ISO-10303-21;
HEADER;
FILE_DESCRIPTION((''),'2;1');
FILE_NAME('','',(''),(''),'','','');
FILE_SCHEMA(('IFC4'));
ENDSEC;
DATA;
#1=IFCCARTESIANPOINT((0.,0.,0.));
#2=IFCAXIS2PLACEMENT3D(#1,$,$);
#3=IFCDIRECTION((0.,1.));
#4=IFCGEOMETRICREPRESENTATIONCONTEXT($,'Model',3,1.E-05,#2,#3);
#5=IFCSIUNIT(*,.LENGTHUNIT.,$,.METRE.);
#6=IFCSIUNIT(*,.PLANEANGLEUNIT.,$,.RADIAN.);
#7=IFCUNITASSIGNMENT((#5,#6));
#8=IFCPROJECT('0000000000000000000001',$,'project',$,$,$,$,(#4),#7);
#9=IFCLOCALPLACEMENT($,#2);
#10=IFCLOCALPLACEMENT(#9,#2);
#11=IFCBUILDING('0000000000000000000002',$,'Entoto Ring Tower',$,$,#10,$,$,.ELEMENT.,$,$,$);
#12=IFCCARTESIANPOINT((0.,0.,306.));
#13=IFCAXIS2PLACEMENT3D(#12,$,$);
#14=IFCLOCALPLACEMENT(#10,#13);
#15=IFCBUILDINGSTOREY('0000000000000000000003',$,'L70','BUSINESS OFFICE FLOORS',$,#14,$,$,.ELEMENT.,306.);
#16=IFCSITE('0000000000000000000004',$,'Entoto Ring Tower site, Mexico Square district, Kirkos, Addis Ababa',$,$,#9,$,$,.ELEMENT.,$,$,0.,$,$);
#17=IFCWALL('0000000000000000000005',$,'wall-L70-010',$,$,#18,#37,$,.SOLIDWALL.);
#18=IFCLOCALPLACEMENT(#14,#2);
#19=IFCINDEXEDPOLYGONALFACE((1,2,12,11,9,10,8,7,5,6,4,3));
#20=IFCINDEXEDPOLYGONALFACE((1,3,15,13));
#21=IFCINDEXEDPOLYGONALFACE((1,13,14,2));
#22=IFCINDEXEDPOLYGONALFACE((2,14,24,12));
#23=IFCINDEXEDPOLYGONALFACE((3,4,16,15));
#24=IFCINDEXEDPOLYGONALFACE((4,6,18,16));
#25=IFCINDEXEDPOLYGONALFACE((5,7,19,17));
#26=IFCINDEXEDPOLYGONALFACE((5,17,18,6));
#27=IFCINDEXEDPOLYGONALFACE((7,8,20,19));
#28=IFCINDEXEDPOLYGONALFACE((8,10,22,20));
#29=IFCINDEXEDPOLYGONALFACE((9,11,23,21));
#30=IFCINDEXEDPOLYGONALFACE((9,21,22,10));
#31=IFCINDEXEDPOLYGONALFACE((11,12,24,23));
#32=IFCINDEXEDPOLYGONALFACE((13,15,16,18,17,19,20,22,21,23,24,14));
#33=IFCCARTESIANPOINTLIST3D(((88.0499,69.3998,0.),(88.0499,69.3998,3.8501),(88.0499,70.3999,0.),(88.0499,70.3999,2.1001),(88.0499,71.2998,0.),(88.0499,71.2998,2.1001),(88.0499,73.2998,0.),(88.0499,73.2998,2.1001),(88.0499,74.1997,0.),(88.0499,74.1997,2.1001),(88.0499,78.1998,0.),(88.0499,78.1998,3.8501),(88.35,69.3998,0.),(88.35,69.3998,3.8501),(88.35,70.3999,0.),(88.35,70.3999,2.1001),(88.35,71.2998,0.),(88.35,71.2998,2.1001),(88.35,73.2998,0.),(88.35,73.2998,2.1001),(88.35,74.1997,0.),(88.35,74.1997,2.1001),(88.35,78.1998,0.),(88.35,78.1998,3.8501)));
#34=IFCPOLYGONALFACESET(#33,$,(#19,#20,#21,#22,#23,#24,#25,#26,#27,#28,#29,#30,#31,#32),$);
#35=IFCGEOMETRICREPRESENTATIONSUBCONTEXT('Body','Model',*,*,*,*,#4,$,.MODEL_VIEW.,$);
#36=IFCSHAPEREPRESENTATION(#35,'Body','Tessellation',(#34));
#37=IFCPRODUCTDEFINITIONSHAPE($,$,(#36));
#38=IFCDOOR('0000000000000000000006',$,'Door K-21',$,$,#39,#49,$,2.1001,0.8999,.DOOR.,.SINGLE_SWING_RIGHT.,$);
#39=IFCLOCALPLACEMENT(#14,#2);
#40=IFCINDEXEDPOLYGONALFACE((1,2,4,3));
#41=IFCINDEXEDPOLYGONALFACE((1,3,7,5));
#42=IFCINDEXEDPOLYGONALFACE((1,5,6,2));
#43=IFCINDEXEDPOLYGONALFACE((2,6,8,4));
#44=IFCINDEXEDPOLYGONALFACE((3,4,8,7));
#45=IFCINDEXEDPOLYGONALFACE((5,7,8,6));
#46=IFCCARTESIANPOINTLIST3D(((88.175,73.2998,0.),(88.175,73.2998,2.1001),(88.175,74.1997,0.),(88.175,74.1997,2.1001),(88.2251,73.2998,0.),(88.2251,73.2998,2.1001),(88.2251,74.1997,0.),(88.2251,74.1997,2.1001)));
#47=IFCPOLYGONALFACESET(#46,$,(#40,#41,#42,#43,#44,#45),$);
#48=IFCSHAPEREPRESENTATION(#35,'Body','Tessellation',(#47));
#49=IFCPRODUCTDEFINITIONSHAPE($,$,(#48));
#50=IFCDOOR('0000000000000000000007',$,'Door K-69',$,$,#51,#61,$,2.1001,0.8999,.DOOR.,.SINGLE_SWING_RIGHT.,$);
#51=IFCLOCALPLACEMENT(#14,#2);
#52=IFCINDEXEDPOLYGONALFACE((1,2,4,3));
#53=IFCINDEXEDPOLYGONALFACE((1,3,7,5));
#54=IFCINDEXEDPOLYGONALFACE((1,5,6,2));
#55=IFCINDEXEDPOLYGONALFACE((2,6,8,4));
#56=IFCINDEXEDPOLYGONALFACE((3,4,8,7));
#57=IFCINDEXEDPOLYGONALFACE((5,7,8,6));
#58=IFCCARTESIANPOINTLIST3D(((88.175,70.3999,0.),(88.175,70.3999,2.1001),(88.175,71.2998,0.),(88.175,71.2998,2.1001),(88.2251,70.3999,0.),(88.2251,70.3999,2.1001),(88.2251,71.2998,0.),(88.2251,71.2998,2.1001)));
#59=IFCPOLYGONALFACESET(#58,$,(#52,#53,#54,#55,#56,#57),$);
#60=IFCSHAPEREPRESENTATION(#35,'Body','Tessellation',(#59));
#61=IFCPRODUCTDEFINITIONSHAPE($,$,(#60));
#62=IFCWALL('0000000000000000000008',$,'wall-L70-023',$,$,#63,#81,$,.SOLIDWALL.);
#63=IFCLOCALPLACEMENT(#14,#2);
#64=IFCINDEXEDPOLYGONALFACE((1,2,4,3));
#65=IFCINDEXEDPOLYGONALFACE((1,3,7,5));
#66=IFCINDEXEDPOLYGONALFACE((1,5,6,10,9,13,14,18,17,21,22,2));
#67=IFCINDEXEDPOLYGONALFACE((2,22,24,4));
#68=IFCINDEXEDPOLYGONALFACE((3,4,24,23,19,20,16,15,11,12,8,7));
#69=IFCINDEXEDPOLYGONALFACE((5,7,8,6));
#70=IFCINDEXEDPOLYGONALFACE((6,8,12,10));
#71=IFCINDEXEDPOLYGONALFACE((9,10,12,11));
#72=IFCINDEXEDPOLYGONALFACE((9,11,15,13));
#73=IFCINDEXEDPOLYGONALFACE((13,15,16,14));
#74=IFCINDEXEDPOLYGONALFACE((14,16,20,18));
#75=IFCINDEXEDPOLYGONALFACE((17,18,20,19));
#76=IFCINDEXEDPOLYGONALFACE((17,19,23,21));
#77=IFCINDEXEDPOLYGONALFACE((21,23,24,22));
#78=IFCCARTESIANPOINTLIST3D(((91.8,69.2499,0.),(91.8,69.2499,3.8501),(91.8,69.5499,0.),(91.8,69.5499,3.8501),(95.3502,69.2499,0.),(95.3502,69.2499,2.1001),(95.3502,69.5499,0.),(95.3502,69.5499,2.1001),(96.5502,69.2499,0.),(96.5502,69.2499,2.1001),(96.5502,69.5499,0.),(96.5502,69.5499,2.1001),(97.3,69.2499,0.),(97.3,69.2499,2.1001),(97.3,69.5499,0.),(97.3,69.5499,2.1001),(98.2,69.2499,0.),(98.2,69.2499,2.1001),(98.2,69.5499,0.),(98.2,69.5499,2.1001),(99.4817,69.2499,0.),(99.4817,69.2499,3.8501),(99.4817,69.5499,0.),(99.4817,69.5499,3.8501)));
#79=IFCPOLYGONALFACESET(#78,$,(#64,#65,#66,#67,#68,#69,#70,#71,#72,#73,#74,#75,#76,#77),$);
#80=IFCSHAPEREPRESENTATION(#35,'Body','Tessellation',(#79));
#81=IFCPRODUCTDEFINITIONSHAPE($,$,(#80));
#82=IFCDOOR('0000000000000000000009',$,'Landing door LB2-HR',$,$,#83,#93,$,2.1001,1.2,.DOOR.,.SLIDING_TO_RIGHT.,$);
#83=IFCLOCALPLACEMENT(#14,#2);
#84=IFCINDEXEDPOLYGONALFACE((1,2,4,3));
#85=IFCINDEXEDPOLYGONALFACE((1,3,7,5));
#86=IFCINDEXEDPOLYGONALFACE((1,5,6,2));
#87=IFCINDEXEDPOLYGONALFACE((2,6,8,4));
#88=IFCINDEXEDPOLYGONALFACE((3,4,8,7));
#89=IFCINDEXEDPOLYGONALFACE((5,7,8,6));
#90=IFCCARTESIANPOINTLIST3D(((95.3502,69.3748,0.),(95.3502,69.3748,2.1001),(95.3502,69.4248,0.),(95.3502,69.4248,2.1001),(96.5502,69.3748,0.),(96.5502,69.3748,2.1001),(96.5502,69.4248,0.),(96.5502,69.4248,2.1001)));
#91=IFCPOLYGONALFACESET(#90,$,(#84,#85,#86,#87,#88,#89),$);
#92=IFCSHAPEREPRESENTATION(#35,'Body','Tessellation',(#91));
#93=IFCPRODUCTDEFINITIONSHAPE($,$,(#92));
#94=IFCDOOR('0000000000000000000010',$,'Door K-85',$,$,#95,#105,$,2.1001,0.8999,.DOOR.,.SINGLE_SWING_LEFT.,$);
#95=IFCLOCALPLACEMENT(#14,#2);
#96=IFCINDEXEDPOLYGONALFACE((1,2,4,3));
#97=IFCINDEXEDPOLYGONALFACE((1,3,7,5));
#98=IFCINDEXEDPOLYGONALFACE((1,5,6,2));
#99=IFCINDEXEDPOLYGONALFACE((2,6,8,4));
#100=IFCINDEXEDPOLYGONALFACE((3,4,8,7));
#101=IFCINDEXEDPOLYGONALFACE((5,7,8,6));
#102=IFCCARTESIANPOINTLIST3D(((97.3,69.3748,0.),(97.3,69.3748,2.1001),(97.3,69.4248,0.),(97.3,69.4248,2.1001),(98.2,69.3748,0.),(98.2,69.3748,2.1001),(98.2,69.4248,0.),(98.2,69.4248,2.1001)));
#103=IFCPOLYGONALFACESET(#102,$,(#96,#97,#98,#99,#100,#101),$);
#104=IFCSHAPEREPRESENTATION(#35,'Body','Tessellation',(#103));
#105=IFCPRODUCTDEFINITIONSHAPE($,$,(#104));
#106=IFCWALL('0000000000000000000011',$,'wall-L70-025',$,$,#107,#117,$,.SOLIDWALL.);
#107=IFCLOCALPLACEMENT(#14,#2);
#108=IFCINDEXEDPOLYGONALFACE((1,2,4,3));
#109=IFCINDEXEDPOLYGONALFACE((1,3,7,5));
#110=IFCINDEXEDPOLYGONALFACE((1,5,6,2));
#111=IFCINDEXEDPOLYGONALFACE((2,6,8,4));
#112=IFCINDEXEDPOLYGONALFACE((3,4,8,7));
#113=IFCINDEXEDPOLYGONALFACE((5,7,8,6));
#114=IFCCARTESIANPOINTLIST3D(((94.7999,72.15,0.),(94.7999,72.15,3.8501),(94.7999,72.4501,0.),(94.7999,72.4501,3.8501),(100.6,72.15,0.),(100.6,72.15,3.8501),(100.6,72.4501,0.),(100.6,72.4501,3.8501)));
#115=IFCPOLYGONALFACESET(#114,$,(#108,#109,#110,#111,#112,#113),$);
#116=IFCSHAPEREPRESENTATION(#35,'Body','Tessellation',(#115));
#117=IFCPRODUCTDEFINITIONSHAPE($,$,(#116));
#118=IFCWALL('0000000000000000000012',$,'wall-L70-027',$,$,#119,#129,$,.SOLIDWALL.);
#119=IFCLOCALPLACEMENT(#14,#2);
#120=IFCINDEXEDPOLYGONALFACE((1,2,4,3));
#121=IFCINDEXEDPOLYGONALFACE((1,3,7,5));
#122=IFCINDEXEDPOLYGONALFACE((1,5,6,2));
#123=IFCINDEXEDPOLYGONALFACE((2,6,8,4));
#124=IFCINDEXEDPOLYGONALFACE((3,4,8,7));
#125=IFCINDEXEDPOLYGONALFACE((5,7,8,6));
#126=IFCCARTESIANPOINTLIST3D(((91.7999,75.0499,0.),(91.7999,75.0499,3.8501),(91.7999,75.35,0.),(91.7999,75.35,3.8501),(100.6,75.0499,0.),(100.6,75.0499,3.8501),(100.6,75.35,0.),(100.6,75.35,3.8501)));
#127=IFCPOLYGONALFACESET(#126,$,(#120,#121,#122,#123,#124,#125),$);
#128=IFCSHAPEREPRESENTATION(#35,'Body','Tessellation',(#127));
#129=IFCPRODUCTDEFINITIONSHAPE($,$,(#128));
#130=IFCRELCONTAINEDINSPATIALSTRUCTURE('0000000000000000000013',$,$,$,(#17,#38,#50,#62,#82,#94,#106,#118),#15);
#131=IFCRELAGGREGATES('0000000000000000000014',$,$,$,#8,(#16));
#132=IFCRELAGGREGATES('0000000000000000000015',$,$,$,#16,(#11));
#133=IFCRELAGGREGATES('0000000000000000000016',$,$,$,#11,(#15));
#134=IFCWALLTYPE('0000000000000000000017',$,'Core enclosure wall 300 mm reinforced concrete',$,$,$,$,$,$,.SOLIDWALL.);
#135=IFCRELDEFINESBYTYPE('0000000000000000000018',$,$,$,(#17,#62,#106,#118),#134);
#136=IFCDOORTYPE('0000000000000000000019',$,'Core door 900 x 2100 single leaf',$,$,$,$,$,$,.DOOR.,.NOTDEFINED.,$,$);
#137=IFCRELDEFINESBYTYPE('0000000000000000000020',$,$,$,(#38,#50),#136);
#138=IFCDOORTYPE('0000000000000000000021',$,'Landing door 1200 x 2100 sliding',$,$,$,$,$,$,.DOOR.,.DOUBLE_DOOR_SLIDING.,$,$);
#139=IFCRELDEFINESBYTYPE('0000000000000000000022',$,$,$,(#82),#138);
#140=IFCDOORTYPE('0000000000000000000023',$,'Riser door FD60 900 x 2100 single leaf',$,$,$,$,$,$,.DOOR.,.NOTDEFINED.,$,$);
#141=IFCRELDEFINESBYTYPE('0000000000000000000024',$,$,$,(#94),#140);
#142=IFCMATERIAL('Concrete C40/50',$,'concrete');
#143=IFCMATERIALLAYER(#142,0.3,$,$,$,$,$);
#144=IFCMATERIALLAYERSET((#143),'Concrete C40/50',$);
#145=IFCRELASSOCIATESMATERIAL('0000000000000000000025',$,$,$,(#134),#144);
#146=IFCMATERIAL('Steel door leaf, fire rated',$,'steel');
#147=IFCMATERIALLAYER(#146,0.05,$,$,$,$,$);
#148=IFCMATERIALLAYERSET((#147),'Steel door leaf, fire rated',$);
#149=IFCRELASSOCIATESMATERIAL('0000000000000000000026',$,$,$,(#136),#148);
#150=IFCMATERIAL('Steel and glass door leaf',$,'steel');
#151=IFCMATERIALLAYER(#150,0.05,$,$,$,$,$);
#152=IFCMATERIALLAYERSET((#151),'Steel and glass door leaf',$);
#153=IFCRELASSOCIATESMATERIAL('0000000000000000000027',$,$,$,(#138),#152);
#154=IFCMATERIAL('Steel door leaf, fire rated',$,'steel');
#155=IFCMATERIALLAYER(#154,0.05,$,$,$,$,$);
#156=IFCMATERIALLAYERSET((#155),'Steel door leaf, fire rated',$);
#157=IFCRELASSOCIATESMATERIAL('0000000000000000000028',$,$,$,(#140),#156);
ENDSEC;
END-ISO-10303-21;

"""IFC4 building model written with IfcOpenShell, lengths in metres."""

from ifc_helpers import new_model, si_unit, direction, frame, frame_2d, origin, place, context, subcontext, project, spatial, rectangle, extrude, material, layer, layer_set, type_object, element, fill, save


model = new_model("IFC4")

# Units and contexts
model_context = context("Model", 3, precision=1e-05, world=origin(), true_north=direction((0.0, 1.0)))
body_context = subcontext(model_context, "Body", "Model", "MODEL_VIEW")
ifc_project = project(units=[si_unit("LENGTHUNIT", "METRE"), si_unit("PLANEANGLEUNIT", "RADIAN")], contexts=[model_context])

# Site, building, storey
site_placement = place(None, origin())
site = spatial("IfcSite", under=ifc_project, at=site_placement, Name="Entoto Ring Tower site, Mexico Square district, Kirkos, Addis Ababa", CompositionType="ELEMENT", RefElevation=0.0)
building_placement = place(site_placement, origin())
building = spatial("IfcBuilding", under=site, at=building_placement, Name="Entoto Ring Tower", CompositionType="ELEMENT")
storey_placement = place(building_placement, frame((0.0, 0.0, 306.0)))
storey = spatial("IfcBuildingStorey", under=building, at=storey_placement, Name="L70", Description="BUSINESS OFFICE FLOORS", CompositionType="ELEMENT", Elevation=306.0)

# Shared definitions
ifc_material_1 = material(Name="Concrete C40/50", Category="concrete")
ifc_layer_1 = layer(ifc_material_1, 0.3)
ifc_layer_set_1 = layer_set([ifc_layer_1], Name="Concrete C40/50")
wall_type_1 = type_object("IfcWallType", Name="Core enclosure wall 300 mm reinforced concrete", PredefinedType="SOLIDWALL", material=ifc_layer_set_1)

# Walls, openings, doors
wall_1_placement = place(storey_placement, frame((88.2, 69.3999, 0.0), z_axis=(0.0, 0.0, 1.0), x_axis=(0.0, 1.0, 0.0)))
wall_1 = element("IfcWall", 1, at=wall_1_placement, inside=storey, type_object=wall_type_1, Name="wall-L70-010", PredefinedType="SOLIDWALL", context=body_context, shape_type="SweptSolid", body=[
    extrude(rectangle(XDim=8.8, YDim=0.3, at=frame_2d((4.3999, 0.0))), origin(), (0.0, 0.0, 1.0), 3.8501),
])
opening_1_placement = place(wall_1_placement, frame((3.8999, 0.0, 0.0)))
opening_1 = element("IfcOpeningElement", 2, at=opening_1_placement, cuts=wall_1, PredefinedType="OPENING", context=body_context, shape_type="SweptSolid", body=[
    extrude(rectangle(XDim=0.8999, YDim=2.1001, at=frame_2d((0.45, 1.05))), frame((0.0, 0.1602, 0.0), z_axis=(0.0, -1.0, 0.0), x_axis=(1.0, 0.0, 0.0)), (0.0, 0.0, 1.0), 0.3201),
])
opening_2_placement = place(wall_1_placement, frame((1.0, 0.0, 0.0)))
opening_2 = element("IfcOpeningElement", 3, at=opening_2_placement, cuts=wall_1, PredefinedType="OPENING", context=body_context, shape_type="SweptSolid", body=[
    extrude(rectangle(XDim=0.8999, YDim=2.1001, at=frame_2d((0.45, 1.05))), frame((0.0, 0.1602, 0.0), z_axis=(0.0, -1.0, 0.0), x_axis=(1.0, 0.0, 0.0)), (0.0, 0.0, 1.0), 0.3201),
])
ifc_material_2 = material(Name="Steel door leaf, fire rated", Category="steel")
ifc_layer_2 = layer(ifc_material_2, 0.05)
ifc_layer_set_2 = layer_set([ifc_layer_2], Name="Steel door leaf, fire rated")
door_type_1 = type_object("IfcDoorType", Name="Core door 900 x 2100 single leaf", OperationType="NOTDEFINED", PredefinedType="DOOR", material=ifc_layer_set_2)
door_1_placement = place(opening_1_placement, origin())
door_1 = element("IfcDoor", 4, at=door_1_placement, inside=storey, type_object=door_type_1, Name="Door K-21", OperationType="SINGLE_SWING_RIGHT", OverallHeight=2.1001, OverallWidth=0.8999, PredefinedType="DOOR", context=body_context, shape_type="SweptSolid", body=[
    extrude(rectangle(XDim=0.8999, YDim=2.1001, at=frame_2d((0.45, 1.05))), frame((0.0, 0.0249, 0.0), z_axis=(0.0, -1.0, 0.0), x_axis=(1.0, 0.0, 0.0)), (0.0, 0.0, 1.0), 0.05),
])
fill(opening_1, door_1)
door_2_placement = place(opening_2_placement, origin())
door_2 = element("IfcDoor", 5, at=door_2_placement, inside=storey, type_object=door_type_1, Name="Door K-69", OperationType="SINGLE_SWING_RIGHT", OverallHeight=2.1001, OverallWidth=0.8999, PredefinedType="DOOR", context=body_context, shape_type="SweptSolid", body=[
    extrude(rectangle(XDim=0.8999, YDim=2.1001, at=frame_2d((0.45, 1.05))), frame((0.0, 0.0249, 0.0), z_axis=(0.0, -1.0, 0.0), x_axis=(1.0, 0.0, 0.0)), (0.0, 0.0, 1.0), 0.05),
])
fill(opening_2, door_2)
wall_2_placement = place(storey_placement, frame((91.8, 69.3999, 0.0), z_axis=(0.0, 0.0, 1.0), x_axis=(1.0, 0.0, 0.0)))
wall_2 = element("IfcWall", 6, at=wall_2_placement, inside=storey, type_object=wall_type_1, Name="wall-L70-023", PredefinedType="SOLIDWALL", context=body_context, shape_type="SweptSolid", body=[
    extrude(rectangle(XDim=7.6816, YDim=0.3, at=frame_2d((3.8408, 0.0))), origin(), (0.0, 0.0, 1.0), 3.8501),
])
opening_3_placement = place(wall_2_placement, frame((3.55, 0.0, 0.0)))
opening_3 = element("IfcOpeningElement", 7, at=opening_3_placement, cuts=wall_2, PredefinedType="OPENING", context=body_context, shape_type="SweptSolid", body=[
    extrude(rectangle(XDim=1.2, YDim=2.1001, at=frame_2d((0.6001, 1.05))), frame((0.0, 0.1602, 0.0), z_axis=(0.0, -1.0, 0.0), x_axis=(1.0, 0.0, 0.0)), (0.0, 0.0, 1.0), 0.3201),
])
opening_4_placement = place(wall_2_placement, frame((5.5, 0.0, 0.0)))
opening_4 = element("IfcOpeningElement", 8, at=opening_4_placement, cuts=wall_2, PredefinedType="OPENING", context=body_context, shape_type="SweptSolid", body=[
    extrude(rectangle(XDim=0.8999, YDim=2.1001, at=frame_2d((0.45, 1.05))), frame((0.0, 0.1602, 0.0), z_axis=(0.0, -1.0, 0.0), x_axis=(1.0, 0.0, 0.0)), (0.0, 0.0, 1.0), 0.3201),
])
ifc_material_3 = material(Name="Steel and glass door leaf", Category="steel")
ifc_layer_3 = layer(ifc_material_3, 0.05)
ifc_layer_set_3 = layer_set([ifc_layer_3], Name="Steel and glass door leaf")
door_type_2 = type_object("IfcDoorType", Name="Landing door 1200 x 2100 sliding", OperationType="DOUBLE_DOOR_SLIDING", PredefinedType="DOOR", material=ifc_layer_set_3)
door_3_placement = place(opening_3_placement, origin())
door_3 = element("IfcDoor", 9, at=door_3_placement, inside=storey, type_object=door_type_2, Name="Landing door LB2-HR", OperationType="SLIDING_TO_RIGHT", OverallHeight=2.1001, OverallWidth=1.2, PredefinedType="DOOR", context=body_context, shape_type="SweptSolid", body=[
    extrude(rectangle(XDim=1.2, YDim=2.1001, at=frame_2d((0.6001, 1.05))), frame((0.0, 0.0249, 0.0), z_axis=(0.0, -1.0, 0.0), x_axis=(1.0, 0.0, 0.0)), (0.0, 0.0, 1.0), 0.05),
])
fill(opening_3, door_3)
ifc_material_4 = material(Name="Steel door leaf, fire rated", Category="steel")
ifc_layer_4 = layer(ifc_material_4, 0.05)
ifc_layer_set_4 = layer_set([ifc_layer_4], Name="Steel door leaf, fire rated")
door_type_3 = type_object("IfcDoorType", Name="Riser door FD60 900 x 2100 single leaf", OperationType="NOTDEFINED", PredefinedType="DOOR", material=ifc_layer_set_4)
door_4_placement = place(opening_4_placement, origin())
door_4 = element("IfcDoor", 10, at=door_4_placement, inside=storey, type_object=door_type_3, Name="Door K-85", OperationType="SINGLE_SWING_LEFT", OverallHeight=2.1001, OverallWidth=0.8999, PredefinedType="DOOR", context=body_context, shape_type="SweptSolid", body=[
    extrude(rectangle(XDim=0.8999, YDim=2.1001, at=frame_2d((0.45, 1.05))), frame((0.0, 0.0249, 0.0), z_axis=(0.0, -1.0, 0.0), x_axis=(1.0, 0.0, 0.0)), (0.0, 0.0, 1.0), 0.05),
])
fill(opening_4, door_4)

# Walls
wall_3_placement = place(storey_placement, frame((94.8, 72.3, 0.0), z_axis=(0.0, 0.0, 1.0), x_axis=(1.0, 0.0, 0.0)))
element("IfcWall", 11, at=wall_3_placement, inside=storey, type_object=wall_type_1, Name="wall-L70-025", PredefinedType="SOLIDWALL", context=body_context, shape_type="SweptSolid", body=[
    extrude(rectangle(XDim=5.8, YDim=0.3, at=frame_2d((2.8999, 0.0))), origin(), (0.0, 0.0, 1.0), 3.8501),
])
wall_4_placement = place(storey_placement, frame((91.8, 75.2, 0.0), z_axis=(0.0, 0.0, 1.0), x_axis=(1.0, 0.0, 0.0)))
element("IfcWall", 12, at=wall_4_placement, inside=storey, type_object=wall_type_1, Name="wall-L70-027", PredefinedType="SOLIDWALL", context=body_context, shape_type="SweptSolid", body=[
    extrude(rectangle(XDim=8.8, YDim=0.3, at=frame_2d((4.3999, 0.0))), origin(), (0.0, 0.0, 1.0), 3.8501),
])

save(model, "model.ifc")
